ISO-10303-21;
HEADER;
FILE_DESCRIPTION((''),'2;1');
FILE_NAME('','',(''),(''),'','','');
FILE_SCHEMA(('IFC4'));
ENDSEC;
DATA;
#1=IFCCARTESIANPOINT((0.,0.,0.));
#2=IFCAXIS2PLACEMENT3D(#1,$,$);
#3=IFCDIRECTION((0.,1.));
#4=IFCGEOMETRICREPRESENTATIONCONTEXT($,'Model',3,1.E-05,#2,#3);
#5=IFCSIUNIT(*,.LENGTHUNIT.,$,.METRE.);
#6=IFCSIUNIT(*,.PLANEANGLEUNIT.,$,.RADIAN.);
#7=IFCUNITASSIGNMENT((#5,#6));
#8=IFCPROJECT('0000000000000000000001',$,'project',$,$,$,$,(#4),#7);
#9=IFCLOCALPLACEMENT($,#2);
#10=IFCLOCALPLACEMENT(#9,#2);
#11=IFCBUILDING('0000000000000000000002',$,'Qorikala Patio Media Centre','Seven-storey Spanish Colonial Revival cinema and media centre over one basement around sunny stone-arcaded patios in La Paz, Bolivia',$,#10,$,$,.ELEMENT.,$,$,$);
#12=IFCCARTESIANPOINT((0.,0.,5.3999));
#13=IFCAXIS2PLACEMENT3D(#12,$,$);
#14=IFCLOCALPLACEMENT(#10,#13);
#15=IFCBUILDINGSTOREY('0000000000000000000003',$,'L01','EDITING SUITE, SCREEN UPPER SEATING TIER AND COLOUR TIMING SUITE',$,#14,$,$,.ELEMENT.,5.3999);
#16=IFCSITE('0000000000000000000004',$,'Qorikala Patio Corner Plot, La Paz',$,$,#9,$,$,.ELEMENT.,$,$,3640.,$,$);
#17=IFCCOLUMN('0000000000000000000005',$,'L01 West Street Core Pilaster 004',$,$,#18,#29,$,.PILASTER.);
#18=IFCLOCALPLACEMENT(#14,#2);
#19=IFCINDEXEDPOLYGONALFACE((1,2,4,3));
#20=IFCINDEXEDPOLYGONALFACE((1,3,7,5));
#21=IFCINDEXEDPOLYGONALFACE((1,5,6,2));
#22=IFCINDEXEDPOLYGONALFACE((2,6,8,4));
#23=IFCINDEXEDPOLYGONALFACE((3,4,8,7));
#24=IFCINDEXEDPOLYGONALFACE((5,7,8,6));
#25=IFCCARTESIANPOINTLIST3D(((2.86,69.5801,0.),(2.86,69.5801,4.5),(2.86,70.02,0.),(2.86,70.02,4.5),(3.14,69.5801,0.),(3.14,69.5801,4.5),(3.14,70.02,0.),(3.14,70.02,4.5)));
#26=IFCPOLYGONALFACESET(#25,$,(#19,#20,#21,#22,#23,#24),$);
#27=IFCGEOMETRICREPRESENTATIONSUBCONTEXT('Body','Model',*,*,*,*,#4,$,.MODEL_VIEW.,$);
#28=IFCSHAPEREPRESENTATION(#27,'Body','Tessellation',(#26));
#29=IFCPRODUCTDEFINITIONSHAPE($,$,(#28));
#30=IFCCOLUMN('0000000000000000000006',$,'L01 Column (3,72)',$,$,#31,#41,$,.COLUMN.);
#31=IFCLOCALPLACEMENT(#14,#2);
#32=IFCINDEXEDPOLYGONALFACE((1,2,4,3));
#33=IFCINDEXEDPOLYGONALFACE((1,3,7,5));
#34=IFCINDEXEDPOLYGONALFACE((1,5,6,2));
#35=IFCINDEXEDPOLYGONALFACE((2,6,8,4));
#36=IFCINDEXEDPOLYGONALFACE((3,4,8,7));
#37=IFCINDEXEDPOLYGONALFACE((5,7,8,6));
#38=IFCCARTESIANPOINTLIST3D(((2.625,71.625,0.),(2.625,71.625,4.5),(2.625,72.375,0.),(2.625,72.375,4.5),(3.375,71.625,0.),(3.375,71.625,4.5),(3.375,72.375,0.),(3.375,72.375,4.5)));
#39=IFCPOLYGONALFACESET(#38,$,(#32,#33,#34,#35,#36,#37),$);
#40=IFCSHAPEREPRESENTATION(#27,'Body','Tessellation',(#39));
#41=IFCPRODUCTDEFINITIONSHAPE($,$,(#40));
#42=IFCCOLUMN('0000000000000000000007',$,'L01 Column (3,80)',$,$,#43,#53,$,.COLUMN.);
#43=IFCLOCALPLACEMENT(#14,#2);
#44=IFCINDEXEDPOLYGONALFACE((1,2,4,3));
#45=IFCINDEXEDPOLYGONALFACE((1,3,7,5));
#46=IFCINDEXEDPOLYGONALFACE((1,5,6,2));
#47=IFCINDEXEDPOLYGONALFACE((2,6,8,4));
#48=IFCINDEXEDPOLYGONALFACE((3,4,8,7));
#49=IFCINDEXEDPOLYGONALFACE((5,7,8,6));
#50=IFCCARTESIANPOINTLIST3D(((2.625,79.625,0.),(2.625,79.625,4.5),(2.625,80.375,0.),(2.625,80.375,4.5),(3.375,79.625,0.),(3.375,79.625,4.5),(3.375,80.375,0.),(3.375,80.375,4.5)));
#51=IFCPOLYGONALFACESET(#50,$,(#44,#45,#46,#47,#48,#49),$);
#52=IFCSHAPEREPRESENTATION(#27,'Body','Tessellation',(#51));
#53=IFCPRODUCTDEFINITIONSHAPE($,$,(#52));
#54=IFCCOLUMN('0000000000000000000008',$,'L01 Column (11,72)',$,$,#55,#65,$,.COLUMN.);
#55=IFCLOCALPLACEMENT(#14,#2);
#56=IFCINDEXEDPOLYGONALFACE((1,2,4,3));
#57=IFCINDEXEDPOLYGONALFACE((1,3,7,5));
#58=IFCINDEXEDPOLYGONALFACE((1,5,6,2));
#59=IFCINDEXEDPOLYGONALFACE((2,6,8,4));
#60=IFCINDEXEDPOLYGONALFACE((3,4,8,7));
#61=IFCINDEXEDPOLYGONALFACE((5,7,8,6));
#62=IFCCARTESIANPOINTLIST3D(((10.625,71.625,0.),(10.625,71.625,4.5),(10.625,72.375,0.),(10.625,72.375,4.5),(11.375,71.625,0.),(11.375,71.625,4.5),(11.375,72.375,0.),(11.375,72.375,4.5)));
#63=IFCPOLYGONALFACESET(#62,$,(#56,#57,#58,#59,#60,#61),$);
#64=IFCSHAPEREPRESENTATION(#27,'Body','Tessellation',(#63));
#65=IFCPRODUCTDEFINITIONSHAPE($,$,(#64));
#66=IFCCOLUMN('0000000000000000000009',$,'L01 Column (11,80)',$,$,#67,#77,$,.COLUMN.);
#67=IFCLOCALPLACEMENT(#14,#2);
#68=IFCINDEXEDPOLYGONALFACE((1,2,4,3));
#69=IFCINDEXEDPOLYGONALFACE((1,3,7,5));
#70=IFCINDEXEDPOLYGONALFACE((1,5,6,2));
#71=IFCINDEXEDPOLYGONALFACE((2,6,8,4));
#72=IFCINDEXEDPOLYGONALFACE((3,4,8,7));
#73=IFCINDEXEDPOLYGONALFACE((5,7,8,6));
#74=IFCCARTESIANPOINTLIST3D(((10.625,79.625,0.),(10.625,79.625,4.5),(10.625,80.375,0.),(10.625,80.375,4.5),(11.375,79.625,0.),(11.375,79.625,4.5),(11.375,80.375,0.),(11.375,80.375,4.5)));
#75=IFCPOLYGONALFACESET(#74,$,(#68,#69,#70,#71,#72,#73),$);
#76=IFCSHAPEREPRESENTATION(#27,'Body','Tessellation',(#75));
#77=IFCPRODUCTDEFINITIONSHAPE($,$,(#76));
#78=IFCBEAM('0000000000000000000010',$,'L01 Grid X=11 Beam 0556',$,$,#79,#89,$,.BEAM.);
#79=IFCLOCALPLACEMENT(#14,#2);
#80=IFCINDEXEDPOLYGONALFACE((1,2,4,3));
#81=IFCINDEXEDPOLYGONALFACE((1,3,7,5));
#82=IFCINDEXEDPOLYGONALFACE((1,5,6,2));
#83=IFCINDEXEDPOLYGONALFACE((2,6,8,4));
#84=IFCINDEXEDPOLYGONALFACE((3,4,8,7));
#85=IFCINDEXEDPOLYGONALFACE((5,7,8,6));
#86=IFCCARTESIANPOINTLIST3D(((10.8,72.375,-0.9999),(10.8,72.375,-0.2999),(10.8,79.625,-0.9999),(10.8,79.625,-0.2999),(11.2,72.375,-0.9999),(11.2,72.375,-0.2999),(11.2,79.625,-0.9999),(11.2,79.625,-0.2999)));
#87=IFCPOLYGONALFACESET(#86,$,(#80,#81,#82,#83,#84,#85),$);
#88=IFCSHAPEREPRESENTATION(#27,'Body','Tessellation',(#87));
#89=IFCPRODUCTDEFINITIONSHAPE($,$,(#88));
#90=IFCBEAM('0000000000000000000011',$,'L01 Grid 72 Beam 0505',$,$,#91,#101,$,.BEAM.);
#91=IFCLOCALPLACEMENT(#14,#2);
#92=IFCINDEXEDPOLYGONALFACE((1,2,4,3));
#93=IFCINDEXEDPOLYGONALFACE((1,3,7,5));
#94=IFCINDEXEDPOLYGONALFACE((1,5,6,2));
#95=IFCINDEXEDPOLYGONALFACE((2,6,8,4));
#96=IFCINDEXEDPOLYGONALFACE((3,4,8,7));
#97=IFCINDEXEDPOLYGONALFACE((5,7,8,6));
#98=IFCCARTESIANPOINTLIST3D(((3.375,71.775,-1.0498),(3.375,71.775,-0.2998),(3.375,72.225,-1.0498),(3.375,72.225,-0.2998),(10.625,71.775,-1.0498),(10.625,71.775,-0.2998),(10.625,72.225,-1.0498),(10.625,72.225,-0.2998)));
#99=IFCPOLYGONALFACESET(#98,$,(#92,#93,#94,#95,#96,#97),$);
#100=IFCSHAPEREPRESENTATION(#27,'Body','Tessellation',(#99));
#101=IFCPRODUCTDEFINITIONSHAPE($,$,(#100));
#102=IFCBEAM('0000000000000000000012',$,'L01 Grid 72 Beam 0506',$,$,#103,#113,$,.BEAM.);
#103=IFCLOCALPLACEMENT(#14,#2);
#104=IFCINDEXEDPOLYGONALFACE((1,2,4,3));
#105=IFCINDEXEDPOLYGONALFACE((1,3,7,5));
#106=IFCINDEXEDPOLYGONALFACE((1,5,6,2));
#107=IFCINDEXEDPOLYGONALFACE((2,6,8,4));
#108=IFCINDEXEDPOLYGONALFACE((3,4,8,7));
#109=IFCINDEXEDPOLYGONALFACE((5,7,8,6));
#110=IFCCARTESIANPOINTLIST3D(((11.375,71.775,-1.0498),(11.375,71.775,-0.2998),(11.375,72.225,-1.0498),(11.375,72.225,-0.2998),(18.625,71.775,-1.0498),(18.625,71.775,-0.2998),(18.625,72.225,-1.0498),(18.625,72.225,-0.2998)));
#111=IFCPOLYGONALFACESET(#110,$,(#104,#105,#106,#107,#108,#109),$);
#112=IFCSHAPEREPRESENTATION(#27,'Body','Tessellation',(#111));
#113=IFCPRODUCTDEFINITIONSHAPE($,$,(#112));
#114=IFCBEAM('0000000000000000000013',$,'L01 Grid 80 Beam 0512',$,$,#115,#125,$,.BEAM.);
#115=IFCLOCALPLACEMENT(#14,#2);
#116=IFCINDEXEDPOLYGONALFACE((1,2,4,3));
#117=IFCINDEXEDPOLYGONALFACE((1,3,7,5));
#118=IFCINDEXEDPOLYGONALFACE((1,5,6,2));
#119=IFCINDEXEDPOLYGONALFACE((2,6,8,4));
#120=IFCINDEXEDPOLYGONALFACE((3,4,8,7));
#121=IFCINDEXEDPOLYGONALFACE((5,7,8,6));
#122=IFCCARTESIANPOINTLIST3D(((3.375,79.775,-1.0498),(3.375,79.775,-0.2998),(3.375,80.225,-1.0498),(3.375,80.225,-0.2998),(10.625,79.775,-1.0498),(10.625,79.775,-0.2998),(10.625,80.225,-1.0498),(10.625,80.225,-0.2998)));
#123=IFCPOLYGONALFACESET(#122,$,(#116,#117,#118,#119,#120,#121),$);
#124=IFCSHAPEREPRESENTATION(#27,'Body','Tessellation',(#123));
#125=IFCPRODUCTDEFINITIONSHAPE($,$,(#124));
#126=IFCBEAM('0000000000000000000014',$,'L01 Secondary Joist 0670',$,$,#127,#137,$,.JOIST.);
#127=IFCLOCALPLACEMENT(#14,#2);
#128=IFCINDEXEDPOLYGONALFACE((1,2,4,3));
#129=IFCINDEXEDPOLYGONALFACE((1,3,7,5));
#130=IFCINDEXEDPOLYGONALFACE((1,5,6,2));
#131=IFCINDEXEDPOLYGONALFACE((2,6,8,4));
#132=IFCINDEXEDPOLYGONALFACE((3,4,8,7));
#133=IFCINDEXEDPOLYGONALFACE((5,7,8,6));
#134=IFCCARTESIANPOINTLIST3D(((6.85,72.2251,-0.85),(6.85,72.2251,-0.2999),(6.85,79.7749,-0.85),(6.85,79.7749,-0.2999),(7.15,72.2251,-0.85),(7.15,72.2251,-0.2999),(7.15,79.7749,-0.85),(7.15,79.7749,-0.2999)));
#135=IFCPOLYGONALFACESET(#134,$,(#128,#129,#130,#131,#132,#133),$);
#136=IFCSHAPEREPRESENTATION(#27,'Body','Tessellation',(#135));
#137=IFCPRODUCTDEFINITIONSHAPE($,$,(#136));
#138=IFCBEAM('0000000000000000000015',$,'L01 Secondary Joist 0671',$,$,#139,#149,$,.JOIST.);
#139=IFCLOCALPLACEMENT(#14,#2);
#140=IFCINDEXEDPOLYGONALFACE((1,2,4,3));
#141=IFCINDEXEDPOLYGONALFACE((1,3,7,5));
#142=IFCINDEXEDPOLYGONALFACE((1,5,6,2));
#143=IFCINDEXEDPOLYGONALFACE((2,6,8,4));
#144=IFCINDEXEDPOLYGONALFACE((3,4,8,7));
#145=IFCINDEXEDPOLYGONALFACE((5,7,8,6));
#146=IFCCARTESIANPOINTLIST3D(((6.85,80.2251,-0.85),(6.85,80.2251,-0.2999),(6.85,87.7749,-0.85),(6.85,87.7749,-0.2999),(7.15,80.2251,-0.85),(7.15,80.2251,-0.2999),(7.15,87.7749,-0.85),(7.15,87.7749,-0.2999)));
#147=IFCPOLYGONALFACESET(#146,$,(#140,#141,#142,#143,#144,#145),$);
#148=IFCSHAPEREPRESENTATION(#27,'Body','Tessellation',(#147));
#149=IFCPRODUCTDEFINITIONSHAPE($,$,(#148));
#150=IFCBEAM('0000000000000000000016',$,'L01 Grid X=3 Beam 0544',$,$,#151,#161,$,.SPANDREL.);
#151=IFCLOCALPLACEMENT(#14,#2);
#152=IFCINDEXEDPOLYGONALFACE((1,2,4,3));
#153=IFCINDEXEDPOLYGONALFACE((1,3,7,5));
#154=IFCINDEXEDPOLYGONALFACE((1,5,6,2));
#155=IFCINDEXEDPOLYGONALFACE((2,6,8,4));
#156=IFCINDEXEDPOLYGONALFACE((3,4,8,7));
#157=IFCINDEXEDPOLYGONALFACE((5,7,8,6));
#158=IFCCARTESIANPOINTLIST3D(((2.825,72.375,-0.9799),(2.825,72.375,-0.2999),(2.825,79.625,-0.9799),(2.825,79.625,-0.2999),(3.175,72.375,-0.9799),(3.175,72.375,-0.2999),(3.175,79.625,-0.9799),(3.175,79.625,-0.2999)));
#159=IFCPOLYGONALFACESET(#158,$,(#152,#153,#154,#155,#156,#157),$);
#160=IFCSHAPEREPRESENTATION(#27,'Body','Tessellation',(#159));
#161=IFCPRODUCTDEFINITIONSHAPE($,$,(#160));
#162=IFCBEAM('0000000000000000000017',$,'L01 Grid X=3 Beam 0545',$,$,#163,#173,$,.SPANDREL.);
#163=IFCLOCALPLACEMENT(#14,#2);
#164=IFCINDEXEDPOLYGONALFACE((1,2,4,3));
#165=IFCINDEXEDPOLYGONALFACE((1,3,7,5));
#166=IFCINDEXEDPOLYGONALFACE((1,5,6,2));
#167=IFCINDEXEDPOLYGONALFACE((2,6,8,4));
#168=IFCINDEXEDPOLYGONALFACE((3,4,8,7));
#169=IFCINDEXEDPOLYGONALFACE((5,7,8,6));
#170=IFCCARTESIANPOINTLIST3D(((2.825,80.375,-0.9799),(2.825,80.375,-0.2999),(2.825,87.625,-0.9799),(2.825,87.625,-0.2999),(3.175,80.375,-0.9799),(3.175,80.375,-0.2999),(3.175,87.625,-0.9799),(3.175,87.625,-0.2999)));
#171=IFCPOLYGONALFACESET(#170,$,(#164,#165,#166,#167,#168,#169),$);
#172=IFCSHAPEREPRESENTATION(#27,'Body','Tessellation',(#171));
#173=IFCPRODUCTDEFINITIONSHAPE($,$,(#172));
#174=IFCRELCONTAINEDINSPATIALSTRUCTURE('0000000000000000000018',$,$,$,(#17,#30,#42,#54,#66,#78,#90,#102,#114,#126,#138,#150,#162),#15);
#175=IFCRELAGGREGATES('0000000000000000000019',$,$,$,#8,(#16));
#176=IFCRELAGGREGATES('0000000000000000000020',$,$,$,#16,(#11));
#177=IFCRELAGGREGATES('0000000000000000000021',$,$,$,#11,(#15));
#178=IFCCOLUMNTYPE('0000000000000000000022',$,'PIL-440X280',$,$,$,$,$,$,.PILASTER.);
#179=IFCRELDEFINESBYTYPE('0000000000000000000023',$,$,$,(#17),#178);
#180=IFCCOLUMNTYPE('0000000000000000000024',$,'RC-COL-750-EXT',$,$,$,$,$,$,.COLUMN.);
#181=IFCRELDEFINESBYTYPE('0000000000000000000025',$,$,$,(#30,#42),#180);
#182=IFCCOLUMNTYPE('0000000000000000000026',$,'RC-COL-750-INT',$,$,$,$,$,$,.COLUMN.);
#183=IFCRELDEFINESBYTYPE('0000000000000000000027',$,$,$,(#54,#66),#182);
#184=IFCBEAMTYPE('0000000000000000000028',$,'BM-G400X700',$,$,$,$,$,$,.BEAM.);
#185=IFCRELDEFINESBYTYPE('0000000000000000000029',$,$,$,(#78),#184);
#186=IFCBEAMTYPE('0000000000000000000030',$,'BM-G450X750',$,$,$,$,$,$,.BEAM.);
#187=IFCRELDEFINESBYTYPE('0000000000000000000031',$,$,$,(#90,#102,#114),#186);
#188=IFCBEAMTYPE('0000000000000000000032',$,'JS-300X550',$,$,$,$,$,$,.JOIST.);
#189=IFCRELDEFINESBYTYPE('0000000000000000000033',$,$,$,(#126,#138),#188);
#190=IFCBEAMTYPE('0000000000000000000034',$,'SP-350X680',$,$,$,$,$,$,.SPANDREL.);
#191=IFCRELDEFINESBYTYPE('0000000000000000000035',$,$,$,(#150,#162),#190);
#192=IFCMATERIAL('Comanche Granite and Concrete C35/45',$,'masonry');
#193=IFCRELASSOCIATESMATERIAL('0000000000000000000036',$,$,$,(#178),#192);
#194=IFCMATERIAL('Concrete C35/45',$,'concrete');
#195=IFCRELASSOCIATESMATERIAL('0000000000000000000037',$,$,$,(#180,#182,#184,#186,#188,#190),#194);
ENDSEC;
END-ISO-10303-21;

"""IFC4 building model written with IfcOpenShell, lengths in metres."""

from ifc_helpers import new_model, si_unit, direction, frame, origin, origin_2d, place, context, subcontext, project, spatial, rectangle, extrude, material, material_profile, profile_set, type_object, element, save


model = new_model("IFC4")

# Units and contexts
model_context = context("Model", 3, precision=1e-05, world=origin(), true_north=direction((0.0, 1.0)))
body_context = subcontext(model_context, "Body", "Model", "MODEL_VIEW")
ifc_project = project(units=[si_unit("LENGTHUNIT", "METRE"), si_unit("PLANEANGLEUNIT", "RADIAN")], contexts=[model_context])

# Site, building, storey
site_placement = place(None, origin())
site = spatial("IfcSite", under=ifc_project, at=site_placement, Name="Qorikala Patio Corner Plot, La Paz", CompositionType="ELEMENT", RefElevation=3640.0)
building_placement = place(site_placement, origin())
building = spatial("IfcBuilding", under=site, at=building_placement, Name="Qorikala Patio Media Centre", Description="Seven-storey Spanish Colonial Revival cinema and media centre over one basement around sunny stone-arcaded patios in La Paz, Bolivia", CompositionType="ELEMENT")
storey_placement = place(building_placement, frame((0.0, 0.0, 5.3999)))
storey = spatial("IfcBuildingStorey", under=building, at=storey_placement, Name="L01", Description="EDITING SUITE, SCREEN UPPER SEATING TIER AND COLOUR TIMING SUITE", CompositionType="ELEMENT", Elevation=5.3999)

# Columns
ifc_material_1 = material(Name="Comanche Granite and Concrete C35/45", Category="masonry")
ifc_material_profile_1 = material_profile(ifc_material_1, rectangle(XDim=0.4399, YDim=0.28, at=origin_2d()), Name="PIL 440x280")
ifc_profile_set_1 = profile_set([ifc_material_profile_1], Name="Comanche Granite and Concrete C35/45")
column_type_1 = type_object("IfcColumnType", Name="PIL-440X280", PredefinedType="PILASTER", material=ifc_profile_set_1)
column_placement = place(storey_placement, frame((3.0, 69.8, 0.0), z_axis=(0.0, 0.0, 1.0), x_axis=(0.0, 1.0, 0.0)))
element("IfcColumn", 1, at=column_placement, inside=storey, type_object=column_type_1, Name="L01 West Street Core Pilaster 004", PredefinedType="PILASTER", context=body_context, shape_type="SweptSolid", body=[
    extrude(rectangle(XDim=0.4399, YDim=0.28, at=origin_2d()), origin(), (0.0, 0.0, 1.0), 4.5),
])
ifc_material_2 = material(Name="Concrete C35/45", Category="concrete")
ifc_material_profile_2 = material_profile(ifc_material_2, rectangle(XDim=0.75, YDim=0.75, at=origin_2d()), Name="RC 750x750")
ifc_profile_set_2 = profile_set([ifc_material_profile_2], Name="Concrete C35/45")
column_type_2 = type_object("IfcColumnType", Name="RC-COL-750-EXT", PredefinedType="COLUMN", material=ifc_profile_set_2)
for number, where, z_axis, x_axis, name in (
    (2, (3.0, 72.0, 0.0), (0.0, 0.0, 1.0), (1.0, 0.0, 0.0), "L01 Column (3,72)"),
    (3, (3.0, 80.0, 0.0), (0.0, 0.0, 1.0), (1.0, 0.0, 0.0), "L01 Column (3,80)"),
):
    element("IfcColumn", number, at=place(storey_placement, frame(where, z_axis=z_axis, x_axis=x_axis)), inside=storey, type_object=column_type_2, Name=name, PredefinedType="COLUMN", context=body_context, shape_type="SweptSolid", body=[
        extrude(rectangle(XDim=0.75, YDim=0.75, at=origin_2d()), origin(), (0.0, 0.0, 1.0), 4.5),
    ])
ifc_material_profile_3 = material_profile(ifc_material_2, rectangle(XDim=0.75, YDim=0.75, at=origin_2d()), Name="RC 750x750")
ifc_profile_set_3 = profile_set([ifc_material_profile_3], Name="Concrete C35/45")
column_type_3 = type_object("IfcColumnType", Name="RC-COL-750-INT", PredefinedType="COLUMN", material=ifc_profile_set_3)
for number, where, z_axis, x_axis, name in (
    (4, (11.0, 72.0, 0.0), (0.0, 0.0, 1.0), (1.0, 0.0, 0.0), "L01 Column (11,72)"),
    (5, (11.0, 80.0, 0.0), (0.0, 0.0, 1.0), (1.0, 0.0, 0.0), "L01 Column (11,80)"),
):
    element("IfcColumn", number, at=place(storey_placement, frame(where, z_axis=z_axis, x_axis=x_axis)), inside=storey, type_object=column_type_3, Name=name, PredefinedType="COLUMN", context=body_context, shape_type="SweptSolid", body=[
        extrude(rectangle(XDim=0.75, YDim=0.75, at=origin_2d()), origin(), (0.0, 0.0, 1.0), 4.5),
    ])

# Beams
ifc_material_profile_4 = material_profile(ifc_material_2, rectangle(XDim=0.3999, YDim=0.7, at=origin_2d()), Name="RC 400x700")
ifc_profile_set_4 = profile_set([ifc_material_profile_4], Name="Concrete C35/45")
beam_type_1 = type_object("IfcBeamType", Name="BM-G400X700", PredefinedType="BEAM", material=ifc_profile_set_4)
beam_placement = place(storey_placement, frame((11.0, 72.375, -0.6499), z_axis=(0.0, 1.0, 0.0), x_axis=(-1.0, 0.0, 0.0)))
element("IfcBeam", 6, at=beam_placement, inside=storey, type_object=beam_type_1, Name="L01 Grid X=11 Beam 0556", PredefinedType="BEAM", context=body_context, shape_type="SweptSolid", body=[
    extrude(rectangle(XDim=0.3999, YDim=0.7, at=origin_2d()), origin(), (0.0, 0.0, 1.0), 7.25),
])
ifc_material_profile_5 = material_profile(ifc_material_2, rectangle(XDim=0.45, YDim=0.75, at=origin_2d()), Name="RC 450x750")
ifc_profile_set_5 = profile_set([ifc_material_profile_5], Name="Concrete C35/45")
beam_type_2 = type_object("IfcBeamType", Name="BM-G450X750", PredefinedType="BEAM", material=ifc_profile_set_5)
for number, where, z_axis, x_axis, name in (
    (7, (3.375, 72.0, -0.6748), (1.0, 0.0, 0.0), (0.0, 1.0, 0.0), "L01 Grid 72 Beam 0505"),
    (8, (11.375, 72.0, -0.6748), (1.0, 0.0, 0.0), (0.0, 1.0, 0.0), "L01 Grid 72 Beam 0506"),
    (9, (3.375, 80.0, -0.6748), (1.0, 0.0, 0.0), (0.0, 1.0, 0.0), "L01 Grid 80 Beam 0512"),
):
    element("IfcBeam", number, at=place(storey_placement, frame(where, z_axis=z_axis, x_axis=x_axis)), inside=storey, type_object=beam_type_2, Name=name, PredefinedType="BEAM", context=body_context, shape_type="SweptSolid", body=[
        extrude(rectangle(XDim=0.45, YDim=0.75, at=origin_2d()), origin(), (0.0, 0.0, 1.0), 7.25),
    ])
ifc_material_profile_6 = material_profile(ifc_material_2, rectangle(XDim=0.3, YDim=0.55, at=origin_2d()), Name="RC 300x550")
ifc_profile_set_6 = profile_set([ifc_material_profile_6], Name="Concrete C35/45")
beam_type_3 = type_object("IfcBeamType", Name="JS-300X550", PredefinedType="JOIST", material=ifc_profile_set_6)
for number, where, z_axis, x_axis, name in (
    (10, (7.0, 72.2251, -0.575), (0.0, 1.0, 0.0), (-1.0, 0.0, 0.0), "L01 Secondary Joist 0670"),
    (11, (7.0, 80.2251, -0.575), (0.0, 1.0, 0.0), (-1.0, 0.0, 0.0), "L01 Secondary Joist 0671"),
):
    element("IfcBeam", number, at=place(storey_placement, frame(where, z_axis=z_axis, x_axis=x_axis)), inside=storey, type_object=beam_type_3, Name=name, PredefinedType="JOIST", context=body_context, shape_type="SweptSolid", body=[
        extrude(rectangle(XDim=0.3, YDim=0.55, at=origin_2d()), origin(), (0.0, 0.0, 1.0), 7.5498),
    ])
ifc_material_profile_7 = material_profile(ifc_material_2, rectangle(XDim=0.3501, YDim=0.6799, at=origin_2d()), Name="RC 350x680")
ifc_profile_set_7 = profile_set([ifc_material_profile_7], Name="Concrete C35/45")
beam_type_4 = type_object("IfcBeamType", Name="SP-350X680", PredefinedType="SPANDREL", material=ifc_profile_set_7)
for number, where, z_axis, x_axis, name in (
    (12, (3.0, 72.375, -0.6399), (0.0, 1.0, 0.0), (-1.0, 0.0, 0.0), "L01 Grid X=3 Beam 0544"),
    (13, (3.0, 80.375, -0.6399), (0.0, 1.0, 0.0), (-1.0, 0.0, 0.0), "L01 Grid X=3 Beam 0545"),
):
    element("IfcBeam", number, at=place(storey_placement, frame(where, z_axis=z_axis, x_axis=x_axis)), inside=storey, type_object=beam_type_4, Name=name, PredefinedType="SPANDREL", context=body_context, shape_type="SweptSolid", body=[
        extrude(rectangle(XDim=0.3501, YDim=0.6799, at=origin_2d()), origin(), (0.0, 0.0, 1.0), 7.25),
    ])

save(model, "model.ifc")
